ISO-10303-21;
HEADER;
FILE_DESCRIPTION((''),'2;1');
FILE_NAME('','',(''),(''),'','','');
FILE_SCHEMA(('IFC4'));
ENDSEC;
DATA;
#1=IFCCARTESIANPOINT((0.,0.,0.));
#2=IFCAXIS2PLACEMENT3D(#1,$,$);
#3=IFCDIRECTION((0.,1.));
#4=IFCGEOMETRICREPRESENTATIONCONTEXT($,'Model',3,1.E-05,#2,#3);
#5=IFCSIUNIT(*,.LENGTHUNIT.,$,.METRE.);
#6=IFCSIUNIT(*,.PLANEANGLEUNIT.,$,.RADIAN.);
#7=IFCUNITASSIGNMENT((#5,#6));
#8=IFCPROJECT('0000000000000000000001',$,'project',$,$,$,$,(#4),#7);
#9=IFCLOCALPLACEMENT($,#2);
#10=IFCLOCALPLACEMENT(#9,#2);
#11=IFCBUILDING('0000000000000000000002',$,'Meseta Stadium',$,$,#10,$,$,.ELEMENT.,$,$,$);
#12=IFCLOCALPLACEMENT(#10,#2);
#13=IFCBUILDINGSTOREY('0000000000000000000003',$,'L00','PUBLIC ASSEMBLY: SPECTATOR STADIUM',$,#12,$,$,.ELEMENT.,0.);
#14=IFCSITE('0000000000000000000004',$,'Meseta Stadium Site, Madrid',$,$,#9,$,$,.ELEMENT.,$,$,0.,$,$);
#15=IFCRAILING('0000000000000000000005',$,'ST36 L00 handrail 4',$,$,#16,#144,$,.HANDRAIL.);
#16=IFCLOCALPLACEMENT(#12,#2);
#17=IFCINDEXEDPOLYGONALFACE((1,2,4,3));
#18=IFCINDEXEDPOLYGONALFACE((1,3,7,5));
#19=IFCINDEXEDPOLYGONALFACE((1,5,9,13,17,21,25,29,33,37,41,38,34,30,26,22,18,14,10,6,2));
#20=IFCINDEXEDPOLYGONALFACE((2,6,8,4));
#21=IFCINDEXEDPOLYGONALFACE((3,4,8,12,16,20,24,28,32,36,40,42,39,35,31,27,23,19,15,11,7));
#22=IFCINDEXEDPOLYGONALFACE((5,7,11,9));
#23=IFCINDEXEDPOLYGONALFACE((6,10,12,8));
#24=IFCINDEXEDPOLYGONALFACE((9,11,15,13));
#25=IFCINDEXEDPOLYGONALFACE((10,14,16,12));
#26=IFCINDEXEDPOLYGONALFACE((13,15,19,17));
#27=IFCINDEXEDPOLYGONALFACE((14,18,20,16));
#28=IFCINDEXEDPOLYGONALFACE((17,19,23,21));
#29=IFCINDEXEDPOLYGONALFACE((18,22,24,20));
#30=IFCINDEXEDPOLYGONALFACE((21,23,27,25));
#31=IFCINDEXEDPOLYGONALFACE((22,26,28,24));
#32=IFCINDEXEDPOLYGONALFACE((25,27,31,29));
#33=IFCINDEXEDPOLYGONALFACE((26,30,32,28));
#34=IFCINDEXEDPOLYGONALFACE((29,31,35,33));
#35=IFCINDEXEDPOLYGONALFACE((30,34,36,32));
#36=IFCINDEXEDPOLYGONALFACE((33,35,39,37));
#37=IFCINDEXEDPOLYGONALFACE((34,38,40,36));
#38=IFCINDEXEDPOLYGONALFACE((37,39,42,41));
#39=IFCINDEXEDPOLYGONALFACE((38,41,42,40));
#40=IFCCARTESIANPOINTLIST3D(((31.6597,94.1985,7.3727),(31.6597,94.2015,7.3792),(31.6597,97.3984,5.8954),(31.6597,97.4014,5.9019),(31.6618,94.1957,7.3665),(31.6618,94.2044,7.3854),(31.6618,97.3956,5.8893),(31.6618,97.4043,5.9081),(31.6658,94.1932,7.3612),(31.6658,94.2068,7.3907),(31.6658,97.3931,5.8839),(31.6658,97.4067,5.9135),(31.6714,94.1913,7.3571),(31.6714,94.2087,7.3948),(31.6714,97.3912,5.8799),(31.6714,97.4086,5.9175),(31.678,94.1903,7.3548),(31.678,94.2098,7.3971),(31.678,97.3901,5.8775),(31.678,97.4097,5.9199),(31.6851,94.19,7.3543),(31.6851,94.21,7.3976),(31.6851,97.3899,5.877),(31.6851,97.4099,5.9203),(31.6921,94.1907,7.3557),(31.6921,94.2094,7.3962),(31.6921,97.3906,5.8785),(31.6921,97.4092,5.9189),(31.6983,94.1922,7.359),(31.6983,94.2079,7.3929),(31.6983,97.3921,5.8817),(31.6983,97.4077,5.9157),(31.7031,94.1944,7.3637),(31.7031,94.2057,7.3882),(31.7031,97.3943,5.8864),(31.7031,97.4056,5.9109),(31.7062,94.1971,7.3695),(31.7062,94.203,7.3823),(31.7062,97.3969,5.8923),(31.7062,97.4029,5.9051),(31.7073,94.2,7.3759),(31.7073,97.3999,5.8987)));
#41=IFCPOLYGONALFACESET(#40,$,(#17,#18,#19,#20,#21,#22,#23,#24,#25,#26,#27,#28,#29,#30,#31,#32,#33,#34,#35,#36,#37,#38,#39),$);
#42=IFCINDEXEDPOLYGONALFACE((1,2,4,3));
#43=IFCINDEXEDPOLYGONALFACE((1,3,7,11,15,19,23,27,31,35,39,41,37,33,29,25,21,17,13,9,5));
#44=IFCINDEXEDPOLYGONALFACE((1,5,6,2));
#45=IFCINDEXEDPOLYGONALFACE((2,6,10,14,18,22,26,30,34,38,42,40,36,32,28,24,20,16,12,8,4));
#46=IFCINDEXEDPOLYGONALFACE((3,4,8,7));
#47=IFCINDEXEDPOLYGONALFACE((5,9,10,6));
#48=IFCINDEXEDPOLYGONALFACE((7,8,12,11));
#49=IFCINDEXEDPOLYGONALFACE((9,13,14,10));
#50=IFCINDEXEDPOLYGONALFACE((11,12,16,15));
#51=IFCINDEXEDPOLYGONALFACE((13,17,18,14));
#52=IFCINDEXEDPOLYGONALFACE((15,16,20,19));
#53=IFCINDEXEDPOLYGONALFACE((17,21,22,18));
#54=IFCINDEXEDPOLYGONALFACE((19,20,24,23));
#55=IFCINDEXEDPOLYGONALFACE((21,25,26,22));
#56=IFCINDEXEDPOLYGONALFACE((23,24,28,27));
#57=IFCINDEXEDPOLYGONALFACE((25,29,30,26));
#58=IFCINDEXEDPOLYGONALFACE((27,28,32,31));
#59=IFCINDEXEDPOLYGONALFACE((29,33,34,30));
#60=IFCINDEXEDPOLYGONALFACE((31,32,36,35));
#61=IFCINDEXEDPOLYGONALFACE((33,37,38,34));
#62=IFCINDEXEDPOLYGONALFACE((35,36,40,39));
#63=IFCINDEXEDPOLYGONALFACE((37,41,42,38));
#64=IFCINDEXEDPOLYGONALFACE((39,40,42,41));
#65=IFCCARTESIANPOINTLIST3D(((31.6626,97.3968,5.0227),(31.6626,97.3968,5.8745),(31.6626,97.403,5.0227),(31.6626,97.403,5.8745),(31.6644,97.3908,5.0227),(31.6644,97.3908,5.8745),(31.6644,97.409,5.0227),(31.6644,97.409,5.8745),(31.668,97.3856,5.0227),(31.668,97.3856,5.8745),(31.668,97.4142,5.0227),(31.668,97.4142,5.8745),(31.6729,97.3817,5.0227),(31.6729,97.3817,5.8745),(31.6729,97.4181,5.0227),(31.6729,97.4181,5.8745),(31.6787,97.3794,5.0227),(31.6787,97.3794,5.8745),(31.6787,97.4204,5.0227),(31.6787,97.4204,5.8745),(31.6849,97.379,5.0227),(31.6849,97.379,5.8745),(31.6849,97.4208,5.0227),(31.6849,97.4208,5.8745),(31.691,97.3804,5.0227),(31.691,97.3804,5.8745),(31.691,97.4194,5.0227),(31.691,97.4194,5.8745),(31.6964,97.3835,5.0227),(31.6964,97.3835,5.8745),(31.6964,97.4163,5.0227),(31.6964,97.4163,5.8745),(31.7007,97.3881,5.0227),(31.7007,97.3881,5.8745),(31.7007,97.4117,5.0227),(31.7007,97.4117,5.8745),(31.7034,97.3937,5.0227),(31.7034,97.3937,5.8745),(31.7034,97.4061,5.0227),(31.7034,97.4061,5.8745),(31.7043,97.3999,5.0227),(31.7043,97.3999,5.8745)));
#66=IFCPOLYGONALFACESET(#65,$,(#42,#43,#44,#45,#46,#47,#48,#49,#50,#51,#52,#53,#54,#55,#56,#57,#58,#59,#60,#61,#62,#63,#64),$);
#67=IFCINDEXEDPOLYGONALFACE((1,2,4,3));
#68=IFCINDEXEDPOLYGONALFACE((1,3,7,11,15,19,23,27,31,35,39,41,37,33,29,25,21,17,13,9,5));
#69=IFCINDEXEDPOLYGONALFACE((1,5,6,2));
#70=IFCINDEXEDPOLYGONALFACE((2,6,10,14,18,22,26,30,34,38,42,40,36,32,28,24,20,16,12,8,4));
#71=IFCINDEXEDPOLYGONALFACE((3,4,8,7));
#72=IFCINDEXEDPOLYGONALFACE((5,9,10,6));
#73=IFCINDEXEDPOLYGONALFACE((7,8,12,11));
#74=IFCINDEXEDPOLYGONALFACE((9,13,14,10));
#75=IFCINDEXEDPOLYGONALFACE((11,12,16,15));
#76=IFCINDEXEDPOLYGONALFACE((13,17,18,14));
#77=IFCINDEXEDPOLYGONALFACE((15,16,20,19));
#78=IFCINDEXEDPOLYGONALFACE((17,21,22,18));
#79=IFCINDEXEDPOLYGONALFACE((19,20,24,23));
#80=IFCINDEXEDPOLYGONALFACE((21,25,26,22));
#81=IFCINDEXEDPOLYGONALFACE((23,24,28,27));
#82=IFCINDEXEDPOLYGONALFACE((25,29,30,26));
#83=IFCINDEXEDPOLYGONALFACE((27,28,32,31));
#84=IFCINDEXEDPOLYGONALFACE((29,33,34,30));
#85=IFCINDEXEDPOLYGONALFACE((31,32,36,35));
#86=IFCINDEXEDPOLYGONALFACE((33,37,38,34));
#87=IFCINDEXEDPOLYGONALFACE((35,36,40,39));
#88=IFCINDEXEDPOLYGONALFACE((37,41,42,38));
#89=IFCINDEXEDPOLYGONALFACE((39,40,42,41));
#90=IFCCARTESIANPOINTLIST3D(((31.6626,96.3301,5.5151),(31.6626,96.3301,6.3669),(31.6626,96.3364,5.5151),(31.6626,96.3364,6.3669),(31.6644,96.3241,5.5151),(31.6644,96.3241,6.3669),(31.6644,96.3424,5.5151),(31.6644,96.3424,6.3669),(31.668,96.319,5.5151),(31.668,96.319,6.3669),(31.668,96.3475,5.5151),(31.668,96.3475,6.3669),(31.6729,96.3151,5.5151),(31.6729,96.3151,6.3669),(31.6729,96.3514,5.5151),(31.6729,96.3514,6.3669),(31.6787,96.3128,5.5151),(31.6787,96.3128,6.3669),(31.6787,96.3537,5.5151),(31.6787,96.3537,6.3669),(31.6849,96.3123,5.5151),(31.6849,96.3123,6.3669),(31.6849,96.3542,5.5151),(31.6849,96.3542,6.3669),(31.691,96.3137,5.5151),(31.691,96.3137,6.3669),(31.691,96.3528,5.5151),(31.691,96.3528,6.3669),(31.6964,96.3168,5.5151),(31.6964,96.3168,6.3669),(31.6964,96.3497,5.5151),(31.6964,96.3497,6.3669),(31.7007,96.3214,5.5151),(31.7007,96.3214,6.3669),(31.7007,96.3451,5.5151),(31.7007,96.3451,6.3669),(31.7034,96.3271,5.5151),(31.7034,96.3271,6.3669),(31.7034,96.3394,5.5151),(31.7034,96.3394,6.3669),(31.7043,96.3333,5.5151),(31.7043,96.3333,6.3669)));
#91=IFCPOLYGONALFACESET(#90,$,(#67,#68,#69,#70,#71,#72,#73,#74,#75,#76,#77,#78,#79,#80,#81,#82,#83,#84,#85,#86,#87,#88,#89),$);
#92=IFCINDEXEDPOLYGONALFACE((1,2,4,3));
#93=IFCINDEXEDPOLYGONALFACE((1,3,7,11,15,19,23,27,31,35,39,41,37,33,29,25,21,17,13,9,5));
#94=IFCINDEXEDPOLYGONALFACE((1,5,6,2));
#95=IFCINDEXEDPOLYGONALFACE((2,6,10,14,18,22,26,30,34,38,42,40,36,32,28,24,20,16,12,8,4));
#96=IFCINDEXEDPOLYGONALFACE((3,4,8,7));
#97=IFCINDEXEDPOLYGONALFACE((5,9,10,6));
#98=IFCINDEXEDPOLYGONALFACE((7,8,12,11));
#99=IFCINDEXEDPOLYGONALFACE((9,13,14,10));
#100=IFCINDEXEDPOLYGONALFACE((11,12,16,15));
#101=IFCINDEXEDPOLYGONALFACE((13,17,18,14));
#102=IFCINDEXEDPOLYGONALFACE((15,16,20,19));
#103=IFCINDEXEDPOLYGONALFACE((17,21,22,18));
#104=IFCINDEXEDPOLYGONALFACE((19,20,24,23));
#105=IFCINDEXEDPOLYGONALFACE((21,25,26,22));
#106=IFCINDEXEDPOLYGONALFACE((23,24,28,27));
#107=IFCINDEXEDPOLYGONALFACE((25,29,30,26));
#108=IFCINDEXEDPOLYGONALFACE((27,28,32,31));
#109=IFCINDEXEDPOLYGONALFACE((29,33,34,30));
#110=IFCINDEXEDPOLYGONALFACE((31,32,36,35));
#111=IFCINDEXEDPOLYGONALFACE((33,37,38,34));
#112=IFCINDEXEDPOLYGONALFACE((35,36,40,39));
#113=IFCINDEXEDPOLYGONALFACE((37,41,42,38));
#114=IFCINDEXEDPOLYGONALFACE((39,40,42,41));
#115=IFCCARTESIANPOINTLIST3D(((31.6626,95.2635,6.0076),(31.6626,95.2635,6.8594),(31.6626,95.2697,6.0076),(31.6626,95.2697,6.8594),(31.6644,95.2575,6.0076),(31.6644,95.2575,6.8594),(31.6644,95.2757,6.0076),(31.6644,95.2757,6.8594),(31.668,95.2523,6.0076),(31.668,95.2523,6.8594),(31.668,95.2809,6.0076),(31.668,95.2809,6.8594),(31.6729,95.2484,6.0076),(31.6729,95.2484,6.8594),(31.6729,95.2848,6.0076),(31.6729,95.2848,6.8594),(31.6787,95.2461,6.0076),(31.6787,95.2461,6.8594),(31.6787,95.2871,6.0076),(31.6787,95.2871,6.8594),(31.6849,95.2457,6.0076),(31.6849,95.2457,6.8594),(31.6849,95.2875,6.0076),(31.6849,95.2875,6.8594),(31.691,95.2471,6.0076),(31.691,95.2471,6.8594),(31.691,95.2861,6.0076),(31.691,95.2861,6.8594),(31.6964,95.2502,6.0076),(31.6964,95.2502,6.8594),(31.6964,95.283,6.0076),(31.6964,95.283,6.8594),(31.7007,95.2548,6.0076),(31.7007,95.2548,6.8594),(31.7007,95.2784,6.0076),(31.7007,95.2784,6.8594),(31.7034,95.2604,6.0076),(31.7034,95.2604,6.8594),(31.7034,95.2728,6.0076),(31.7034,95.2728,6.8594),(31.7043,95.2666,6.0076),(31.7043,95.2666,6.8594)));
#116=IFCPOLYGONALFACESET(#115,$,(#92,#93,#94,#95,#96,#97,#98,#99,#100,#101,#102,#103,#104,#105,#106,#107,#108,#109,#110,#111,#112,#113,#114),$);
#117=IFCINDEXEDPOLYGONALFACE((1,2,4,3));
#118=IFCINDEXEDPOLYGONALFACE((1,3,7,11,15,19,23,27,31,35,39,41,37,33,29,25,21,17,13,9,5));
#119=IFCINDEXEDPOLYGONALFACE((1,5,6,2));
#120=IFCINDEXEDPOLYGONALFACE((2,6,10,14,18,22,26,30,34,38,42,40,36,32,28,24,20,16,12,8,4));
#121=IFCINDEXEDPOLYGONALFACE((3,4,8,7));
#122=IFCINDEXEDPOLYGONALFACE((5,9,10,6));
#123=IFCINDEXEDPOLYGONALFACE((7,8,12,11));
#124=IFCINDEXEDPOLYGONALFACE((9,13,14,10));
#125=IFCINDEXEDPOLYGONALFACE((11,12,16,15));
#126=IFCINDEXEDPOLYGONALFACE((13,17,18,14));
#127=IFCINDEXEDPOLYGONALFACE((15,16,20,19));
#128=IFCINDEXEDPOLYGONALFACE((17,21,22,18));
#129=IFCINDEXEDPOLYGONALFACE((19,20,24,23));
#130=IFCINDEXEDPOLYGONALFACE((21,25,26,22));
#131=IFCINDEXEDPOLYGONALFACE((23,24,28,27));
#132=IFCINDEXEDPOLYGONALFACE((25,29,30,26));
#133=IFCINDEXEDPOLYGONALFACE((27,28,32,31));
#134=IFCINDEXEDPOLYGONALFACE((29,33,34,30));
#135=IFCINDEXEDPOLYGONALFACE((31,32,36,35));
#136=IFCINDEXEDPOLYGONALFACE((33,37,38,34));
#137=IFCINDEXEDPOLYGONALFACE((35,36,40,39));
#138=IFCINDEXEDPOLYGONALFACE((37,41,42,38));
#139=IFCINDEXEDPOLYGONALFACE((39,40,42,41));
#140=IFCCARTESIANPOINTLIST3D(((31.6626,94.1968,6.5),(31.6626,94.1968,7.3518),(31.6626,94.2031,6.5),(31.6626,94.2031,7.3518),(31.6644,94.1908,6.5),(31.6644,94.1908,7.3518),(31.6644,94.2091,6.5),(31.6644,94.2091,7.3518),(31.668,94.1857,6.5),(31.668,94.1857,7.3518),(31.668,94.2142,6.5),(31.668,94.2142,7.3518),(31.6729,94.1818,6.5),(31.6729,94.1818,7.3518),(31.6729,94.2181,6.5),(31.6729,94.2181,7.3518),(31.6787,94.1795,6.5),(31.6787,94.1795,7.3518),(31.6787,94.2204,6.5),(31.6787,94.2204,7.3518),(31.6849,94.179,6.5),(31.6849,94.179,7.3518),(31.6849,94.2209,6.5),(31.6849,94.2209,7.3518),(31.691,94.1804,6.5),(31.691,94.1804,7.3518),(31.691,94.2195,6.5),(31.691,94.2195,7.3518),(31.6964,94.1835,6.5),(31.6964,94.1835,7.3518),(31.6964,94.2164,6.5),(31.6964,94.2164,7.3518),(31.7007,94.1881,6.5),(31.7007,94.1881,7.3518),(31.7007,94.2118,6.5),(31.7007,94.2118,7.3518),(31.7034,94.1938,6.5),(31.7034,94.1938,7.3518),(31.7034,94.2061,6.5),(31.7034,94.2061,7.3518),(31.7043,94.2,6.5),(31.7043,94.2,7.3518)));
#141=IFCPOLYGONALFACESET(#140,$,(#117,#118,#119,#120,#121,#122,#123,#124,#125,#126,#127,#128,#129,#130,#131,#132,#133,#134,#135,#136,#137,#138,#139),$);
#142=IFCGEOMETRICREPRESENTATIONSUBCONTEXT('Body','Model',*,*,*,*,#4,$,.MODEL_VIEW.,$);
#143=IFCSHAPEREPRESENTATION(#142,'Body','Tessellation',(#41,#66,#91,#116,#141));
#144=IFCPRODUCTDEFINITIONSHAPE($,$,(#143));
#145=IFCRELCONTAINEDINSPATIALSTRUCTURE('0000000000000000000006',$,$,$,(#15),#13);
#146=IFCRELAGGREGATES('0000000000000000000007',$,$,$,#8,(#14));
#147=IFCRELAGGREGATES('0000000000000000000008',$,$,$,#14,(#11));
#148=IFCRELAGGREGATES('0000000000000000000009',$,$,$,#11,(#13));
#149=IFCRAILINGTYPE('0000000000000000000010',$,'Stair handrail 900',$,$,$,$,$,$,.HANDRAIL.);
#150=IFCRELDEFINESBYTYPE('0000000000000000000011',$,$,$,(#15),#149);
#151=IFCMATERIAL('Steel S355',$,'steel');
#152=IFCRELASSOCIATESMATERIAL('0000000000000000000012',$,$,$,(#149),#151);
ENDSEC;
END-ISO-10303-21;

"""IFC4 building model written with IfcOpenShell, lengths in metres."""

from ifc_helpers import new_model, si_unit, direction, frame, origin, origin_2d, place, context, subcontext, project, spatial, circle, extrude, material, type_object, element, save


model = new_model("IFC4")

# Units and contexts
model_context = context("Model", 3, precision=1e-05, world=origin(), true_north=direction((0.0, 1.0)))
body_context = subcontext(model_context, "Body", "Model", "MODEL_VIEW")
ifc_project = project(units=[si_unit("LENGTHUNIT", "METRE"), si_unit("PLANEANGLEUNIT", "RADIAN")], contexts=[model_context])

# Site, building, storey
site_placement = place(None, origin())
site = spatial("IfcSite", under=ifc_project, at=site_placement, Name="Meseta Stadium Site, Madrid", CompositionType="ELEMENT", RefElevation=0.0)
building_placement = place(site_placement, origin())
building = spatial("IfcBuilding", under=site, at=building_placement, Name="Meseta Stadium", CompositionType="ELEMENT")
storey_placement = place(building_placement, origin())
storey = spatial("IfcBuildingStorey", under=building, at=storey_placement, Name="L00", Description="PUBLIC ASSEMBLY: SPECTATOR STADIUM", CompositionType="ELEMENT", Elevation=0.0)

# Railing
ifc_material_1 = material(Name="Steel S355", Category="steel")
railing_type_1 = type_object("IfcRailingType", Name="Stair handrail 900", PredefinedType="HANDRAIL", material=ifc_material_1)
for number, where, name in (
    (1, (31.6833, 97.3999, 5.0227), "ST36 L00 handrail 4"),
):
    element("IfcRailing", number, at=place(storey_placement, frame(where)), inside=storey, type_object=railing_type_1, Name=name, PredefinedType="HANDRAIL", context=body_context, shape_type="SweptSolid", body=[
        extrude(circle(Radius=0.0239, at=origin_2d()), frame((0.0, 0.0, 0.876), z_axis=(0.0, -0.907917, 0.41915), x_axis=(1.0, 0.0, 0.0)), (0.0, 0.0, 1.0), 3.5244),
        extrude(circle(Radius=0.021, at=origin_2d()), origin(), (0.0, 0.0, 1.0), 0.8518),
        extrude(circle(Radius=0.021, at=origin_2d()), frame((0.0, -1.0667, 0.4924)), (0.0, 0.0, 1.0), 0.8518),
        extrude(circle(Radius=0.021, at=origin_2d()), frame((0.0, -2.1333, 0.9849)), (0.0, 0.0, 1.0), 0.8518),
        extrude(circle(Radius=0.021, at=origin_2d()), frame((0.0, -3.2, 1.4773)), (0.0, 0.0, 1.0), 0.8518),
    ])

save(model, "model.ifc")
